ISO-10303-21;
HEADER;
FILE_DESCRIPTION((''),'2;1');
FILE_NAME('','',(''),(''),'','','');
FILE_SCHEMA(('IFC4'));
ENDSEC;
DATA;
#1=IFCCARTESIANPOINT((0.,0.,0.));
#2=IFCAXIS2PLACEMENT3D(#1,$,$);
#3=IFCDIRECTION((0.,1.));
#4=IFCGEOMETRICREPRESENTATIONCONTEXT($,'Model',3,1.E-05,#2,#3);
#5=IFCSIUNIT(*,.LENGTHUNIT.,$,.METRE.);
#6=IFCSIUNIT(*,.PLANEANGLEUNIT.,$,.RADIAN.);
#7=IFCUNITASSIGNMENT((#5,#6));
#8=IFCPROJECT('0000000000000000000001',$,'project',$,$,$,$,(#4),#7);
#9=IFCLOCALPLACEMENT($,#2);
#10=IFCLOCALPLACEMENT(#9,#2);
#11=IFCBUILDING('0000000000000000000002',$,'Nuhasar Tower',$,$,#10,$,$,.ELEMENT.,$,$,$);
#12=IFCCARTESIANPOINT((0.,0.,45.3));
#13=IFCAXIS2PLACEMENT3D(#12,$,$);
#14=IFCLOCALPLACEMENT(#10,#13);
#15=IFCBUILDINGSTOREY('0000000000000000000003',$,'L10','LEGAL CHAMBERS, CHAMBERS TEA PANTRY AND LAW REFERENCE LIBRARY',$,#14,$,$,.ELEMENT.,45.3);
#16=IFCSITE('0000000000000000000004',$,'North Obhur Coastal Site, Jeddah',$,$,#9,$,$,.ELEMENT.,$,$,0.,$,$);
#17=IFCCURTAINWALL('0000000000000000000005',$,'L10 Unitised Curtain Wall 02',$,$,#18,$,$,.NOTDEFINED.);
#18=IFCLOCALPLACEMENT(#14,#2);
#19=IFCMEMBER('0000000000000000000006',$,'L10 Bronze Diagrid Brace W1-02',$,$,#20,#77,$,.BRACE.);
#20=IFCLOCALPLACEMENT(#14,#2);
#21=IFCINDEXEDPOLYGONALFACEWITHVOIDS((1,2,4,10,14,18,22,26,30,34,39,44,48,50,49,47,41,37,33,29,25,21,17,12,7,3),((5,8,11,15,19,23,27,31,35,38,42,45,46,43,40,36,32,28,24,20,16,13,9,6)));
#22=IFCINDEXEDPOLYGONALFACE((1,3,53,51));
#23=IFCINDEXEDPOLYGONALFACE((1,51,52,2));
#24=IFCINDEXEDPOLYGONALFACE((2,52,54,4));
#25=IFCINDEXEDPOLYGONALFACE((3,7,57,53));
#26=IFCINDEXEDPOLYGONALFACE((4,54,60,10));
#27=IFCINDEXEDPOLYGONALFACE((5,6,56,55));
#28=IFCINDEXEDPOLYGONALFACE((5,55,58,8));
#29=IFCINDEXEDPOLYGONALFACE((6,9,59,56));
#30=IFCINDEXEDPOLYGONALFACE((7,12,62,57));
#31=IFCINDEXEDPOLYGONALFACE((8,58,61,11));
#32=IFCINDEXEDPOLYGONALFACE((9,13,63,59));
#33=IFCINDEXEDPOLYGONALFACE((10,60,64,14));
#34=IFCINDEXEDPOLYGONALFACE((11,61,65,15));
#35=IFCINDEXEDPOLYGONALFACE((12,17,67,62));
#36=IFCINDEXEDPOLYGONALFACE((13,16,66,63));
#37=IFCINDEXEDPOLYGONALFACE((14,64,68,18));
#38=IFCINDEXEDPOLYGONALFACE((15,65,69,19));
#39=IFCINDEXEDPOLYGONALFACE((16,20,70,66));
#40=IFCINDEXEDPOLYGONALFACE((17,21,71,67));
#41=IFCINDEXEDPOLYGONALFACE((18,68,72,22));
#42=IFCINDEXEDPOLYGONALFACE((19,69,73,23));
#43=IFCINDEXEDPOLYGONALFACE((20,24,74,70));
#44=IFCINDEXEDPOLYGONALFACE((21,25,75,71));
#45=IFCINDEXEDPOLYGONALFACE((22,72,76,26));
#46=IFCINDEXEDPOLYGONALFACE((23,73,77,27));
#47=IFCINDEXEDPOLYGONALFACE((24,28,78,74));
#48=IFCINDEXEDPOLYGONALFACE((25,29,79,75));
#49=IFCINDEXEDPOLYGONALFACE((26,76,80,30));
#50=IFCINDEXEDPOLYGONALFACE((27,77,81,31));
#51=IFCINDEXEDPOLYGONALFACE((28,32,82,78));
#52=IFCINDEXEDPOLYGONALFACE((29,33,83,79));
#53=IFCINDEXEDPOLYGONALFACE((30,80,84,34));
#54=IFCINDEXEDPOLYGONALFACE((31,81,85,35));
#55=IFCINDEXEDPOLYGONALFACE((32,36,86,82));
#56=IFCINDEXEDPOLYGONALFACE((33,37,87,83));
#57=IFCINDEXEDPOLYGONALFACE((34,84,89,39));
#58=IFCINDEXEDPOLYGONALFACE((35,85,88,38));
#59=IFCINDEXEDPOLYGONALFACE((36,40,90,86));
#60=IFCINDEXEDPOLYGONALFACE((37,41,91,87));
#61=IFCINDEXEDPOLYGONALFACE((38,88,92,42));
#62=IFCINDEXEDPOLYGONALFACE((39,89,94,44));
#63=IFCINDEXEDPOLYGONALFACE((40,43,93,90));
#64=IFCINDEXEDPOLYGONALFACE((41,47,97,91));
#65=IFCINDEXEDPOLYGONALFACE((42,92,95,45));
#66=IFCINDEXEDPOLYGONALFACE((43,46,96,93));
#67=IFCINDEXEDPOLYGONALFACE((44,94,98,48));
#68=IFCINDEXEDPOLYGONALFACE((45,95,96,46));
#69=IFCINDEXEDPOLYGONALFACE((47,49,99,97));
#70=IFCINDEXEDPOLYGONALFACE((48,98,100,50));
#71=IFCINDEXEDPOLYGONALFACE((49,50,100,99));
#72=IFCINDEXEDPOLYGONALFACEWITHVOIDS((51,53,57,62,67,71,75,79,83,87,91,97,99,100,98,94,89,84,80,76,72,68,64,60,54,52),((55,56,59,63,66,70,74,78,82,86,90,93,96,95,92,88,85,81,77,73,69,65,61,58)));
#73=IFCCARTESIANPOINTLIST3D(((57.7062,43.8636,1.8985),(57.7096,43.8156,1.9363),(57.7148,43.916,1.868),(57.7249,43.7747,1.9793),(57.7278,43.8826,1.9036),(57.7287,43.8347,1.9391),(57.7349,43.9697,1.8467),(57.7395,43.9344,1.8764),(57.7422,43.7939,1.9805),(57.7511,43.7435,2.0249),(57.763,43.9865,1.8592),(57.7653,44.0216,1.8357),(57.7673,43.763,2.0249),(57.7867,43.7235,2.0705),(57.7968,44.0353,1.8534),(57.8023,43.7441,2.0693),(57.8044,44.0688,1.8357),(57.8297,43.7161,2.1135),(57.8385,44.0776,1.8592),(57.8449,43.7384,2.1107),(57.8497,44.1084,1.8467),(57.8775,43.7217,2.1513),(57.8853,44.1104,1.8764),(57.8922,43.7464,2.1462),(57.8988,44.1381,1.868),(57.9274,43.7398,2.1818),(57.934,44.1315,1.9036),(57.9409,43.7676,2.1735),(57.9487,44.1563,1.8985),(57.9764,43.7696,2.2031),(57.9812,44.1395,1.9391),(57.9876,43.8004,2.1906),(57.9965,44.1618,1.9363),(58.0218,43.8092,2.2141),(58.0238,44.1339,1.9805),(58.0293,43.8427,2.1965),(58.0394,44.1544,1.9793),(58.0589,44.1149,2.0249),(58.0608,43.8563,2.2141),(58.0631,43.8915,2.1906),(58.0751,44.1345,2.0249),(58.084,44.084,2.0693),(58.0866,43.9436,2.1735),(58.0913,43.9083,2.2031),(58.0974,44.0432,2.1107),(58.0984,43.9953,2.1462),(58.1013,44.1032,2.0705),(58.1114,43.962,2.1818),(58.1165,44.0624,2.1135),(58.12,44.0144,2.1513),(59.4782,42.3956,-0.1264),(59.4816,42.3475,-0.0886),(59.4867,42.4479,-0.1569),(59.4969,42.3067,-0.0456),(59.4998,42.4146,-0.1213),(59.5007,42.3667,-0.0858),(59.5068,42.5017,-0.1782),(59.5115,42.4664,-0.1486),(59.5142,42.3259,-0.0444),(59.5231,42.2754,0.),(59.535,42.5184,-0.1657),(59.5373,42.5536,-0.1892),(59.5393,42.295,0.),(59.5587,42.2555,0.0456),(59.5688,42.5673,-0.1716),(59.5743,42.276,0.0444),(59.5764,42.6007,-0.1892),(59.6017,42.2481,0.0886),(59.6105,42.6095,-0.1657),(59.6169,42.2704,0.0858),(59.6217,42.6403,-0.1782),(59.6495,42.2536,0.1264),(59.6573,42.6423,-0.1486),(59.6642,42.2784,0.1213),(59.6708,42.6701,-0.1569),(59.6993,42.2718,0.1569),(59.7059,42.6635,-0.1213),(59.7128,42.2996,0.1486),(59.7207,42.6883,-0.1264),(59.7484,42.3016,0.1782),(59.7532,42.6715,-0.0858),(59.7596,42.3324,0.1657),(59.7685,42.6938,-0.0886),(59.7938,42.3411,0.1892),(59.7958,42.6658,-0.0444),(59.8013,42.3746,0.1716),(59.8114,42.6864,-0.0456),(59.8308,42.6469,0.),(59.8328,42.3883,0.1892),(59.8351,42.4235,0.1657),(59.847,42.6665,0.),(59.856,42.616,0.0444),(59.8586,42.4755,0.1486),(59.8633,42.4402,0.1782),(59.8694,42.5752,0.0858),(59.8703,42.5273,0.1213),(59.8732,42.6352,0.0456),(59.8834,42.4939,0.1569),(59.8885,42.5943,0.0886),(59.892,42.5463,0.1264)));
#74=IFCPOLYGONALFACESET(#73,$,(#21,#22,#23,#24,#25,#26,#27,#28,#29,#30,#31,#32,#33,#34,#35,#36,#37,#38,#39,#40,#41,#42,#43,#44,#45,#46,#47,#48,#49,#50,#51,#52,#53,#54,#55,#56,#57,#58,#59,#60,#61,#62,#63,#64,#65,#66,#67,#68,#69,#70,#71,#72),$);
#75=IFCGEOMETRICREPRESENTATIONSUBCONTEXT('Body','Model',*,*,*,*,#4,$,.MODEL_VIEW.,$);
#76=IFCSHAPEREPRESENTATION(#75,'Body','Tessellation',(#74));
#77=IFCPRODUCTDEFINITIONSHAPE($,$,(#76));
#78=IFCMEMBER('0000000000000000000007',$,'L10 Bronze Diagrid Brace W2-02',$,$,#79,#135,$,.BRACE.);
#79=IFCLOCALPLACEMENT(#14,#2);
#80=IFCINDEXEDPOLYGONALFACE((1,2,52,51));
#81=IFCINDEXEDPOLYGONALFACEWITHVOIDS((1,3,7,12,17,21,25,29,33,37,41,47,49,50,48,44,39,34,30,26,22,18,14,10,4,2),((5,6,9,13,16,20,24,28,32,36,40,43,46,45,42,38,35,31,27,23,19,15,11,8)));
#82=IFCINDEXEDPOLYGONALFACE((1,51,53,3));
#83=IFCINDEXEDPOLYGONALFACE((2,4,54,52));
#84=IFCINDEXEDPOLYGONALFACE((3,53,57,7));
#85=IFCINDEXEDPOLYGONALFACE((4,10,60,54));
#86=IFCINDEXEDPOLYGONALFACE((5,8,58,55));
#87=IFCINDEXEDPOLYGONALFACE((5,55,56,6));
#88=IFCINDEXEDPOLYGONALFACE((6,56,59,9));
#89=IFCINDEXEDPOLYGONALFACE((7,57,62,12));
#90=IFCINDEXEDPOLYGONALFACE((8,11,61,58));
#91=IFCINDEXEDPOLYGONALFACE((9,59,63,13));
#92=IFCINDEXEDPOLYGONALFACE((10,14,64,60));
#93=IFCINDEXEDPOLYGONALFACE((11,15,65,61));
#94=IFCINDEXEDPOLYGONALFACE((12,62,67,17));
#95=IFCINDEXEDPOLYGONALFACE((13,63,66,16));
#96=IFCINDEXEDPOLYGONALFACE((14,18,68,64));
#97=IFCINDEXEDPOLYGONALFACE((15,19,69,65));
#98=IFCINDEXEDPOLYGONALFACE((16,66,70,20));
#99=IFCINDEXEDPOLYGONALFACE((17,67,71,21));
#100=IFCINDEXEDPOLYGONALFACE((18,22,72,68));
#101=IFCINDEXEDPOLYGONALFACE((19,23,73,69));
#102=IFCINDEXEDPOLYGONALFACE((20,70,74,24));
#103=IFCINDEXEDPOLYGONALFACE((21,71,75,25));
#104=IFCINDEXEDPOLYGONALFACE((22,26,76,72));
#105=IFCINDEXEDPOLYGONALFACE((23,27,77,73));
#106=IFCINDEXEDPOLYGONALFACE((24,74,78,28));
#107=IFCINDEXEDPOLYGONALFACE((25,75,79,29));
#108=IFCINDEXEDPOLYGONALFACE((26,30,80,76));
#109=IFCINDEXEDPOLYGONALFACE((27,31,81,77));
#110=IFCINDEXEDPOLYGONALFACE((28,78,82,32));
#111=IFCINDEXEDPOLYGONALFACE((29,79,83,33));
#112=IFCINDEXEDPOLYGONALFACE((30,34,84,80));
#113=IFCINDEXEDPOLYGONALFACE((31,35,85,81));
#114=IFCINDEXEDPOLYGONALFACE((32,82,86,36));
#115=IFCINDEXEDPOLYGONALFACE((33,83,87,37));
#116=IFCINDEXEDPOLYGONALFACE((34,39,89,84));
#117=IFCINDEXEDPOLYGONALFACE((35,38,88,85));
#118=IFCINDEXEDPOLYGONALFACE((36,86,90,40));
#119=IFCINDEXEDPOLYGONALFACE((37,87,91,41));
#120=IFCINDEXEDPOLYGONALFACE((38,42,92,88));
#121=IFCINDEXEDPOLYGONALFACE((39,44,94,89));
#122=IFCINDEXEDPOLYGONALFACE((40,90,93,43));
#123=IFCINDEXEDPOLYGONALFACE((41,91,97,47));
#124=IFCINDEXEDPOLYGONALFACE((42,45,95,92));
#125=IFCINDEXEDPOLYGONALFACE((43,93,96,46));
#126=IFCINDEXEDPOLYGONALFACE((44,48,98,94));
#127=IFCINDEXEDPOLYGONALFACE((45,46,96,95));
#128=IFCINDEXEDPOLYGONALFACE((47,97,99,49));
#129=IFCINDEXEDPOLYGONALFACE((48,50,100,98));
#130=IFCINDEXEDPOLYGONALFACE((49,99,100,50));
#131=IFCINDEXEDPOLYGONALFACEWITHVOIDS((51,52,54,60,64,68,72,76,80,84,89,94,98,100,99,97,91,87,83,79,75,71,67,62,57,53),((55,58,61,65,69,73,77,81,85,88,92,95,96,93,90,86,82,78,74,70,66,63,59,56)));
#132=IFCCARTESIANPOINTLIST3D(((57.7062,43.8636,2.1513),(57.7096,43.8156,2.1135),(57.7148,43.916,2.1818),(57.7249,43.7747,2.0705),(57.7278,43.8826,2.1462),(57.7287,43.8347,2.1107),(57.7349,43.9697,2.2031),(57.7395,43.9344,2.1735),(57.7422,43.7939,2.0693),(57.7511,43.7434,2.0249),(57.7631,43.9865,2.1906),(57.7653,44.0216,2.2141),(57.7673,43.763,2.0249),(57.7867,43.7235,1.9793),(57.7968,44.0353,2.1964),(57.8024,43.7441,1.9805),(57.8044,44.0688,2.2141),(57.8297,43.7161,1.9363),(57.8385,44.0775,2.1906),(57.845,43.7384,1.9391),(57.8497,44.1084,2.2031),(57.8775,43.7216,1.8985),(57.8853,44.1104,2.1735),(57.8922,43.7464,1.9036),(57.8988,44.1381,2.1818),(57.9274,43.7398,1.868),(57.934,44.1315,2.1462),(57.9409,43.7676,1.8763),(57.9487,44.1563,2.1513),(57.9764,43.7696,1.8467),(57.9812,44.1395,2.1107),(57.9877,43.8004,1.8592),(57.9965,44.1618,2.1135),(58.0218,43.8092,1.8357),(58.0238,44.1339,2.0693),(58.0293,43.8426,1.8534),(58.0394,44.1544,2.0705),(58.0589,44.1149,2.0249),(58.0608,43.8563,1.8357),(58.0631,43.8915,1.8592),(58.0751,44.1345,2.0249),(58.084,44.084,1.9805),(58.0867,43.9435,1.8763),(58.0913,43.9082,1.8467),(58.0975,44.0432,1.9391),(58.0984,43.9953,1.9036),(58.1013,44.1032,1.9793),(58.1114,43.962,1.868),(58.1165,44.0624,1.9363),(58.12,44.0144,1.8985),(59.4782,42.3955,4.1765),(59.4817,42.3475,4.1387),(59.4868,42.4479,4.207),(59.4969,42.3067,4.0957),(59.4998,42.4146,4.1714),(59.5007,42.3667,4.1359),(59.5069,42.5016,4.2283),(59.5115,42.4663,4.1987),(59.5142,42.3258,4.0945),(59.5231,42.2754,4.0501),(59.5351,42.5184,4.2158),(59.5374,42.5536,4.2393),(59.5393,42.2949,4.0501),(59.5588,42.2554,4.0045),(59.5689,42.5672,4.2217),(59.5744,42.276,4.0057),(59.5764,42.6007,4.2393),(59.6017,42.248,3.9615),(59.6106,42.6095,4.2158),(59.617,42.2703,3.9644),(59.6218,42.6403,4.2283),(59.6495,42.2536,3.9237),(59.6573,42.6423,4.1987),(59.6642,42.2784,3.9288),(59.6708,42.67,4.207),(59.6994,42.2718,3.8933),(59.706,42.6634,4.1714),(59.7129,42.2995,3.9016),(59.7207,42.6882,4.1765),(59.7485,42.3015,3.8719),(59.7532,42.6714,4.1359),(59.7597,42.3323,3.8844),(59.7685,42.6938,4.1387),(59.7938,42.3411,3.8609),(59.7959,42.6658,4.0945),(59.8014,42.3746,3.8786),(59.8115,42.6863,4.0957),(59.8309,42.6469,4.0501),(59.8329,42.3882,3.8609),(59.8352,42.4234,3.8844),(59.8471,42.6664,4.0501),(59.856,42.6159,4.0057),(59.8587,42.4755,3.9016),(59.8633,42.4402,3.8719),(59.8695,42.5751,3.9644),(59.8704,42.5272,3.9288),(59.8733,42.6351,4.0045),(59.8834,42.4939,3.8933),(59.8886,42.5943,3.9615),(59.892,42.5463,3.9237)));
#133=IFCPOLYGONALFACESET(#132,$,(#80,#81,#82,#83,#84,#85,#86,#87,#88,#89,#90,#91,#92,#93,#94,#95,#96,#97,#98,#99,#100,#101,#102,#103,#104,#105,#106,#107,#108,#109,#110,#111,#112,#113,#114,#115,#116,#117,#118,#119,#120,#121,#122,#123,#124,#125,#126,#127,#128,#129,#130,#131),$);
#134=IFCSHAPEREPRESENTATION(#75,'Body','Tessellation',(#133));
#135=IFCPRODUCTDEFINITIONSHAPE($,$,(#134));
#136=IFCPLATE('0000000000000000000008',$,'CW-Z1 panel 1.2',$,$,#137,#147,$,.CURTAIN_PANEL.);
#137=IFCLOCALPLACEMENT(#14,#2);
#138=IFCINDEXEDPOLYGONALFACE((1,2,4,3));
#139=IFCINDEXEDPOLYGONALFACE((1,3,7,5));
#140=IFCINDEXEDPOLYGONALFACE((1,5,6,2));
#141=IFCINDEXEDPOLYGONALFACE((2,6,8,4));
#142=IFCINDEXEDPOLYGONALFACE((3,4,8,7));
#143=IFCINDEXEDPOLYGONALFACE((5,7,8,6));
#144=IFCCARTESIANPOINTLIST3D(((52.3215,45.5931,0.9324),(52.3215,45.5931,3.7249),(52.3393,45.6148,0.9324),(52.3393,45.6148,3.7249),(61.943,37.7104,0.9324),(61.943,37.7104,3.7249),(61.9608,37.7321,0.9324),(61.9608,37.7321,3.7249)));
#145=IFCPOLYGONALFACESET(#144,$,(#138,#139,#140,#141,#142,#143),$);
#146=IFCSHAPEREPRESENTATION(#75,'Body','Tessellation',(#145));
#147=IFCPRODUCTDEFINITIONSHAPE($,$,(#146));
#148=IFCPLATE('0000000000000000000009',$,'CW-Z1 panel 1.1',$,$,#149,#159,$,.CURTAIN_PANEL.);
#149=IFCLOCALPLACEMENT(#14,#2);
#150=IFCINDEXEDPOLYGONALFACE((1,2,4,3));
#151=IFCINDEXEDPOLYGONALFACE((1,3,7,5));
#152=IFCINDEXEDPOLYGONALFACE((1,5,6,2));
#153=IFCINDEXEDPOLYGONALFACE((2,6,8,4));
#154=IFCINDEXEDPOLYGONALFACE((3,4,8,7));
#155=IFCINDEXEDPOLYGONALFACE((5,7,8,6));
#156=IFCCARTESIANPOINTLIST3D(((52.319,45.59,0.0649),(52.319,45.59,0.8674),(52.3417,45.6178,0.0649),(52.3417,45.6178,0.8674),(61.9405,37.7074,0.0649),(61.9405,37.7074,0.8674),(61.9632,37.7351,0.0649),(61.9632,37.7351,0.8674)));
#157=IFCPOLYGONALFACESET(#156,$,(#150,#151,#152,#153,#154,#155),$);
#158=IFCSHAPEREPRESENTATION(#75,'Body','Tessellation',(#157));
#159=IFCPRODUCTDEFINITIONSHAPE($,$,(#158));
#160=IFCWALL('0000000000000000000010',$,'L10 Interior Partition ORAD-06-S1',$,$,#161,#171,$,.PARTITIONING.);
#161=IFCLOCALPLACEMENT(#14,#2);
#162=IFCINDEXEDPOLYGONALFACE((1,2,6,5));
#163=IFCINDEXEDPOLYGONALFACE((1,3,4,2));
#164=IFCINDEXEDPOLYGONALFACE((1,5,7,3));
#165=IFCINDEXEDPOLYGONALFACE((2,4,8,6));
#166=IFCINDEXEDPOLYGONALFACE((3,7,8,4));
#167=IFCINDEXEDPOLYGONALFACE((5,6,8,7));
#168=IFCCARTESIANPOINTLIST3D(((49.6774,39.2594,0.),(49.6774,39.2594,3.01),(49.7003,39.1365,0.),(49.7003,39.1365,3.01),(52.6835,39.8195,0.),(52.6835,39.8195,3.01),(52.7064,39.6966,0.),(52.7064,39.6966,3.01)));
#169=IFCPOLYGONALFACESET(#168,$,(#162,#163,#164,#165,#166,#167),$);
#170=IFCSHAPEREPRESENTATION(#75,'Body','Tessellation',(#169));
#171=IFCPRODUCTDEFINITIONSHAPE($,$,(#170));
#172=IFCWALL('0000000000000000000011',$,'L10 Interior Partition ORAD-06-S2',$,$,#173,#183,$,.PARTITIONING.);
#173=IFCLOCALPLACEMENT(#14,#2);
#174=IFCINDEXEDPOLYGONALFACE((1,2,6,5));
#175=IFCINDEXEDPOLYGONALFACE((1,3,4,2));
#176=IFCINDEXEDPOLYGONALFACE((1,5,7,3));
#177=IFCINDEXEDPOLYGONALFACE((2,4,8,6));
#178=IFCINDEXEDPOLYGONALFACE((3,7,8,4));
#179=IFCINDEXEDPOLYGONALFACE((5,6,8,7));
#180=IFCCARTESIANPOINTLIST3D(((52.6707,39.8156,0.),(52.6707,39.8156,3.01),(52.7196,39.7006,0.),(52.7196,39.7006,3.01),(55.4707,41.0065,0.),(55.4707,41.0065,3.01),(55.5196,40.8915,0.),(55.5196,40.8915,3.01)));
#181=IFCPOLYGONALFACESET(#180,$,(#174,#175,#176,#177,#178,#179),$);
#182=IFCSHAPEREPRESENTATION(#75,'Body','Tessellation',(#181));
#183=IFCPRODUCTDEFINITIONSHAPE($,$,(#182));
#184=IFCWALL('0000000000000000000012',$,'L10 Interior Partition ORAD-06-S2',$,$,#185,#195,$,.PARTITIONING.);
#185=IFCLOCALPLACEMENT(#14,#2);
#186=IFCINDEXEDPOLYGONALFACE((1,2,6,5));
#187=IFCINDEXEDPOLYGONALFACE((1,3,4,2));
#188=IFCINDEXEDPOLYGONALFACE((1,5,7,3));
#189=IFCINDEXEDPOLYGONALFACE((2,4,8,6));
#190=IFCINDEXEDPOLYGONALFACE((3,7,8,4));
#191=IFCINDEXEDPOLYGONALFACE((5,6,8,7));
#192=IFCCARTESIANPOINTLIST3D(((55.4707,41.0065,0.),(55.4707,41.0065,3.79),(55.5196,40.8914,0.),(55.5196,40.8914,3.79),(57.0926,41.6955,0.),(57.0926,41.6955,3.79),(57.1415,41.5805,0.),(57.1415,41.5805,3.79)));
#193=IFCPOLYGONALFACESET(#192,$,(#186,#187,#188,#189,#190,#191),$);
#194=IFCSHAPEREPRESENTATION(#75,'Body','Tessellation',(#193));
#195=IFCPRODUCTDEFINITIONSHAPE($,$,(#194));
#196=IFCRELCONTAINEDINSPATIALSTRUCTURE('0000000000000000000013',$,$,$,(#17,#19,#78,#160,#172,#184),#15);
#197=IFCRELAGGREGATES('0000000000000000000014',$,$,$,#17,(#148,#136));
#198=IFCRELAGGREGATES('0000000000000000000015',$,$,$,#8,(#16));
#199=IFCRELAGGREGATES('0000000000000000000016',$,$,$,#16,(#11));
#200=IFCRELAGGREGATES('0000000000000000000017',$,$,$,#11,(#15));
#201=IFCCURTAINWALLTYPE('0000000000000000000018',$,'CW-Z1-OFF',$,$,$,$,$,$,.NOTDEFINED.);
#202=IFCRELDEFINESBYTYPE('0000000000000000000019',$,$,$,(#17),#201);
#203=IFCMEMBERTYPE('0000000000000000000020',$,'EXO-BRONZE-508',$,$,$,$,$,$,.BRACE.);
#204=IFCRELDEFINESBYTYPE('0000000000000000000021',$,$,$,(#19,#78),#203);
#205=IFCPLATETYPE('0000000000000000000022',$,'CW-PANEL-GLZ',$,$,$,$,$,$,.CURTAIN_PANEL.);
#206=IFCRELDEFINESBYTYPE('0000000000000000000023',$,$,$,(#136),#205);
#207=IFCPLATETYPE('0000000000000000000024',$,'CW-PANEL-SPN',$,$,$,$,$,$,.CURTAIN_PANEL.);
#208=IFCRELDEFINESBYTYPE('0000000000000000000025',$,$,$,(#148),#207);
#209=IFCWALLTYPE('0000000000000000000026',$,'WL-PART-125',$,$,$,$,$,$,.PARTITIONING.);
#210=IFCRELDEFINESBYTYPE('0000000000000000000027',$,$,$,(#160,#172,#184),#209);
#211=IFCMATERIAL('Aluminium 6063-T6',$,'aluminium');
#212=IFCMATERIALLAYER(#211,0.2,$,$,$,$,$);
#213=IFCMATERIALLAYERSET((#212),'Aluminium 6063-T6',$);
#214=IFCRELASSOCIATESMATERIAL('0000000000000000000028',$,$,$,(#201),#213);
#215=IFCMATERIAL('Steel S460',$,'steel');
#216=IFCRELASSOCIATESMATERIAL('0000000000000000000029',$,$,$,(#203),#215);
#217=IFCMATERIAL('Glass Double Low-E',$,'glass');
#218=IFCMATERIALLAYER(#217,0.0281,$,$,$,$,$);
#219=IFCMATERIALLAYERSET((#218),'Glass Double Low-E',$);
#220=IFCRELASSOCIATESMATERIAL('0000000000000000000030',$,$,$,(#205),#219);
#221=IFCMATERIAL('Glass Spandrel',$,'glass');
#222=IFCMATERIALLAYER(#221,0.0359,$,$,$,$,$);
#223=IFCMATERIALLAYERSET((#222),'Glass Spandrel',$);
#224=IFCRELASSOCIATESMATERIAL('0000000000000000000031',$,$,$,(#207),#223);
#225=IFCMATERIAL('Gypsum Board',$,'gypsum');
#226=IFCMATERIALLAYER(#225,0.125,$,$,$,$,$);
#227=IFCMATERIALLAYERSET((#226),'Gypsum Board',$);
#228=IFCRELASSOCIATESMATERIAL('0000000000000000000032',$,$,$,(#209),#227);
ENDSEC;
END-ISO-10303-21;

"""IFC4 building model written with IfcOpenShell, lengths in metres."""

from ifc_helpers import new_model, si_unit, direction, frame, frame_2d, origin, origin_2d, place, context, subcontext, project, spatial, rectangle, hollow_circle, extrude, material, layer, layer_set, material_profile, profile_set, type_object, element, aggregate, save


model = new_model("IFC4")

# Units and contexts
model_context = context("Model", 3, precision=1e-05, world=origin(), true_north=direction((0.0, 1.0)))
body_context = subcontext(model_context, "Body", "Model", "MODEL_VIEW")
ifc_project = project(units=[si_unit("LENGTHUNIT", "METRE"), si_unit("PLANEANGLEUNIT", "RADIAN")], contexts=[model_context])

# Site, building, storey
site_placement = place(None, origin())
site = spatial("IfcSite", under=ifc_project, at=site_placement, Name="North Obhur Coastal Site, Jeddah", CompositionType="ELEMENT", RefElevation=0.0)
building_placement = place(site_placement, origin())
building = spatial("IfcBuilding", under=site, at=building_placement, Name="Nuhasar Tower", CompositionType="ELEMENT")
storey_placement = place(building_placement, frame((0.0, 0.0, 45.3)))
storey = spatial("IfcBuildingStorey", under=building, at=storey_placement, Name="L10", Description="LEGAL CHAMBERS, CHAMBERS TEA PANTRY AND LAW REFERENCE LIBRARY", CompositionType="ELEMENT", Elevation=45.3)

# Shared definitions
ifc_material_1 = material(Name="Aluminium 6063-T6", Category="aluminium")
ifc_layer_1 = layer(ifc_material_1, 0.2)
ifc_layer_set_1 = layer_set([ifc_layer_1], Name="Aluminium 6063-T6")
curtain_wall_type = type_object("IfcCurtainWallType", Name="CW-Z1-OFF", PredefinedType="NOTDEFINED", material=ifc_layer_set_1)

# Curtain wall
curtain_wall_1_placement = place(storey_placement, origin())
curtain_wall_1 = element("IfcCurtainWall", 1, at=curtain_wall_1_placement, inside=storey, type_object=curtain_wall_type, Name="L10 Unitised Curtain Wall 02", PredefinedType="NOTDEFINED")

# Members
ifc_material_2 = material(Name="Steel S460", Category="steel")
ifc_material_profile_1 = material_profile(ifc_material_2, hollow_circle(Radius=0.2539, WallThickness=0.0254, at=origin_2d()), Name="HSS508X25.4")
ifc_profile_set_1 = profile_set([ifc_material_profile_1], Name="Steel S460")
member_type_1 = type_object("IfcMemberType", Name="EXO-BRONZE-508", PredefinedType="BRACE", material=ifc_profile_set_1)
member_1_placement = place(storey_placement, frame((59.6851, 42.4709, 0.0), z_axis=(-0.578102, 0.478937, 0.660619), x_axis=(-0.637969, -0.770062, 0.0)))
element("IfcMember", 2, at=member_1_placement, inside=storey, type_object=member_type_1, Name="L10 Bronze Diagrid Brace W1-02", PredefinedType="BRACE", context=body_context, shape_type="SweptSolid", body=[
    extrude(hollow_circle(Radius=0.2539, WallThickness=0.0254, at=origin_2d()), origin(), (0.0, 0.0, 1.0), 3.0652),
])
member_2_placement = place(storey_placement, frame((57.9131, 43.939, 2.0249), z_axis=(0.578071, -0.478912, 0.660664), x_axis=(0.637969, 0.770062, 0.0)))
element("IfcMember", 3, at=member_2_placement, inside=storey, type_object=member_type_1, Name="L10 Bronze Diagrid Brace W2-02", PredefinedType="BRACE", context=body_context, shape_type="SweptSolid", body=[
    extrude(hollow_circle(Radius=0.2539, WallThickness=0.0254, at=origin_2d()), origin(), (0.0, 0.0, 1.0), 3.0654),
])

# Plates
ifc_material_3 = material(Name="Glass Double Low-E", Category="glass")
ifc_layer_2 = layer(ifc_material_3, 0.0281)
ifc_layer_set_2 = layer_set([ifc_layer_2], Name="Glass Double Low-E")
plate_type_1 = type_object("IfcPlateType", Name="CW-PANEL-GLZ", PredefinedType="CURTAIN_PANEL", material=ifc_layer_set_2)
plate_1_placement = place(storey_placement, frame((57.1411, 41.6626, 0.9324), z_axis=(0.0, 0.0, 1.0), x_axis=(-0.773542, 0.633745, 0.0)))
plate_1 = element("IfcPlate", 4, at=plate_1_placement, type_object=plate_type_1, Name="CW-Z1 panel 1.2", PredefinedType="CURTAIN_PANEL", context=body_context, shape_type="SweptSolid", body=[
    extrude(rectangle(XDim=12.4382, YDim=0.0281, at=origin_2d()), origin(), (0.0, 0.0, 1.0), 2.7925),
])
ifc_material_4 = material(Name="Glass Spandrel", Category="glass")
ifc_layer_3 = layer(ifc_material_4, 0.0359)
ifc_layer_set_3 = layer_set([ifc_layer_3], Name="Glass Spandrel")
plate_type_2 = type_object("IfcPlateType", Name="CW-PANEL-SPN", PredefinedType="CURTAIN_PANEL", material=ifc_layer_set_3)
plate_2_placement = place(storey_placement, frame((57.1411, 41.6626, 0.0649), z_axis=(0.0, 0.0, 1.0), x_axis=(-0.773542, 0.633745, 0.0)))
plate_2 = element("IfcPlate", 5, at=plate_2_placement, type_object=plate_type_2, Name="CW-Z1 panel 1.1", PredefinedType="CURTAIN_PANEL", context=body_context, shape_type="SweptSolid", body=[
    extrude(rectangle(XDim=12.4382, YDim=0.0359, at=origin_2d()), origin(), (0.0, 0.0, 1.0), 0.8025),
])
aggregate(curtain_wall_1, [plate_2, plate_1])

# Walls
ifc_material_5 = material(Name="Gypsum Board", Category="gypsum")
ifc_layer_4 = layer(ifc_material_5, 0.125)
ifc_layer_set_4 = layer_set([ifc_layer_4], Name="Gypsum Board")
wall_type = type_object("IfcWallType", Name="WL-PART-125", PredefinedType="PARTITIONING", material=ifc_layer_set_4)
wall_1_placement = place(storey_placement, frame((49.689, 39.198, 0.0), z_axis=(0.0, 0.0, 1.0), x_axis=(0.983084, 0.183156, 0.0)))
element("IfcWall", 6, at=wall_1_placement, inside=storey, type_object=wall_type, Name="L10 Interior Partition ORAD-06-S1", PredefinedType="PARTITIONING", context=body_context, shape_type="SweptSolid", body=[
    extrude(rectangle(XDim=3.0579, YDim=0.125, at=frame_2d((1.5288, 0.0))), origin(), (0.0, 0.0, 1.0), 3.01),
])
wall_2_placement = place(storey_placement, frame((52.6951, 39.7581, 0.0), z_axis=(0.0, 0.0, 1.0), x_axis=(0.920225, 0.39139, 0.0)))
element("IfcWall", 7, at=wall_2_placement, inside=storey, type_object=wall_type, Name="L10 Interior Partition ORAD-06-S2", PredefinedType="PARTITIONING", context=body_context, shape_type="SweptSolid", body=[
    extrude(rectangle(XDim=3.0427, YDim=0.125, at=frame_2d((1.5215, 0.0))), origin(), (0.0, 0.0, 1.0), 3.01),
])
wall_3_placement = place(storey_placement, frame((55.4951, 40.949, 0.0), z_axis=(0.0, 0.0, 1.0), x_axis=(0.920394, 0.390991, 0.0)))
element("IfcWall", 8, at=wall_3_placement, inside=storey, type_object=wall_type, Name="L10 Interior Partition ORAD-06-S2", PredefinedType="PARTITIONING", context=body_context, shape_type="SweptSolid", body=[
    extrude(rectangle(XDim=1.7622, YDim=0.125, at=frame_2d((0.8811, 0.0))), origin(), (0.0, 0.0, 1.0), 3.79),
])

save(model, "model.ifc")
